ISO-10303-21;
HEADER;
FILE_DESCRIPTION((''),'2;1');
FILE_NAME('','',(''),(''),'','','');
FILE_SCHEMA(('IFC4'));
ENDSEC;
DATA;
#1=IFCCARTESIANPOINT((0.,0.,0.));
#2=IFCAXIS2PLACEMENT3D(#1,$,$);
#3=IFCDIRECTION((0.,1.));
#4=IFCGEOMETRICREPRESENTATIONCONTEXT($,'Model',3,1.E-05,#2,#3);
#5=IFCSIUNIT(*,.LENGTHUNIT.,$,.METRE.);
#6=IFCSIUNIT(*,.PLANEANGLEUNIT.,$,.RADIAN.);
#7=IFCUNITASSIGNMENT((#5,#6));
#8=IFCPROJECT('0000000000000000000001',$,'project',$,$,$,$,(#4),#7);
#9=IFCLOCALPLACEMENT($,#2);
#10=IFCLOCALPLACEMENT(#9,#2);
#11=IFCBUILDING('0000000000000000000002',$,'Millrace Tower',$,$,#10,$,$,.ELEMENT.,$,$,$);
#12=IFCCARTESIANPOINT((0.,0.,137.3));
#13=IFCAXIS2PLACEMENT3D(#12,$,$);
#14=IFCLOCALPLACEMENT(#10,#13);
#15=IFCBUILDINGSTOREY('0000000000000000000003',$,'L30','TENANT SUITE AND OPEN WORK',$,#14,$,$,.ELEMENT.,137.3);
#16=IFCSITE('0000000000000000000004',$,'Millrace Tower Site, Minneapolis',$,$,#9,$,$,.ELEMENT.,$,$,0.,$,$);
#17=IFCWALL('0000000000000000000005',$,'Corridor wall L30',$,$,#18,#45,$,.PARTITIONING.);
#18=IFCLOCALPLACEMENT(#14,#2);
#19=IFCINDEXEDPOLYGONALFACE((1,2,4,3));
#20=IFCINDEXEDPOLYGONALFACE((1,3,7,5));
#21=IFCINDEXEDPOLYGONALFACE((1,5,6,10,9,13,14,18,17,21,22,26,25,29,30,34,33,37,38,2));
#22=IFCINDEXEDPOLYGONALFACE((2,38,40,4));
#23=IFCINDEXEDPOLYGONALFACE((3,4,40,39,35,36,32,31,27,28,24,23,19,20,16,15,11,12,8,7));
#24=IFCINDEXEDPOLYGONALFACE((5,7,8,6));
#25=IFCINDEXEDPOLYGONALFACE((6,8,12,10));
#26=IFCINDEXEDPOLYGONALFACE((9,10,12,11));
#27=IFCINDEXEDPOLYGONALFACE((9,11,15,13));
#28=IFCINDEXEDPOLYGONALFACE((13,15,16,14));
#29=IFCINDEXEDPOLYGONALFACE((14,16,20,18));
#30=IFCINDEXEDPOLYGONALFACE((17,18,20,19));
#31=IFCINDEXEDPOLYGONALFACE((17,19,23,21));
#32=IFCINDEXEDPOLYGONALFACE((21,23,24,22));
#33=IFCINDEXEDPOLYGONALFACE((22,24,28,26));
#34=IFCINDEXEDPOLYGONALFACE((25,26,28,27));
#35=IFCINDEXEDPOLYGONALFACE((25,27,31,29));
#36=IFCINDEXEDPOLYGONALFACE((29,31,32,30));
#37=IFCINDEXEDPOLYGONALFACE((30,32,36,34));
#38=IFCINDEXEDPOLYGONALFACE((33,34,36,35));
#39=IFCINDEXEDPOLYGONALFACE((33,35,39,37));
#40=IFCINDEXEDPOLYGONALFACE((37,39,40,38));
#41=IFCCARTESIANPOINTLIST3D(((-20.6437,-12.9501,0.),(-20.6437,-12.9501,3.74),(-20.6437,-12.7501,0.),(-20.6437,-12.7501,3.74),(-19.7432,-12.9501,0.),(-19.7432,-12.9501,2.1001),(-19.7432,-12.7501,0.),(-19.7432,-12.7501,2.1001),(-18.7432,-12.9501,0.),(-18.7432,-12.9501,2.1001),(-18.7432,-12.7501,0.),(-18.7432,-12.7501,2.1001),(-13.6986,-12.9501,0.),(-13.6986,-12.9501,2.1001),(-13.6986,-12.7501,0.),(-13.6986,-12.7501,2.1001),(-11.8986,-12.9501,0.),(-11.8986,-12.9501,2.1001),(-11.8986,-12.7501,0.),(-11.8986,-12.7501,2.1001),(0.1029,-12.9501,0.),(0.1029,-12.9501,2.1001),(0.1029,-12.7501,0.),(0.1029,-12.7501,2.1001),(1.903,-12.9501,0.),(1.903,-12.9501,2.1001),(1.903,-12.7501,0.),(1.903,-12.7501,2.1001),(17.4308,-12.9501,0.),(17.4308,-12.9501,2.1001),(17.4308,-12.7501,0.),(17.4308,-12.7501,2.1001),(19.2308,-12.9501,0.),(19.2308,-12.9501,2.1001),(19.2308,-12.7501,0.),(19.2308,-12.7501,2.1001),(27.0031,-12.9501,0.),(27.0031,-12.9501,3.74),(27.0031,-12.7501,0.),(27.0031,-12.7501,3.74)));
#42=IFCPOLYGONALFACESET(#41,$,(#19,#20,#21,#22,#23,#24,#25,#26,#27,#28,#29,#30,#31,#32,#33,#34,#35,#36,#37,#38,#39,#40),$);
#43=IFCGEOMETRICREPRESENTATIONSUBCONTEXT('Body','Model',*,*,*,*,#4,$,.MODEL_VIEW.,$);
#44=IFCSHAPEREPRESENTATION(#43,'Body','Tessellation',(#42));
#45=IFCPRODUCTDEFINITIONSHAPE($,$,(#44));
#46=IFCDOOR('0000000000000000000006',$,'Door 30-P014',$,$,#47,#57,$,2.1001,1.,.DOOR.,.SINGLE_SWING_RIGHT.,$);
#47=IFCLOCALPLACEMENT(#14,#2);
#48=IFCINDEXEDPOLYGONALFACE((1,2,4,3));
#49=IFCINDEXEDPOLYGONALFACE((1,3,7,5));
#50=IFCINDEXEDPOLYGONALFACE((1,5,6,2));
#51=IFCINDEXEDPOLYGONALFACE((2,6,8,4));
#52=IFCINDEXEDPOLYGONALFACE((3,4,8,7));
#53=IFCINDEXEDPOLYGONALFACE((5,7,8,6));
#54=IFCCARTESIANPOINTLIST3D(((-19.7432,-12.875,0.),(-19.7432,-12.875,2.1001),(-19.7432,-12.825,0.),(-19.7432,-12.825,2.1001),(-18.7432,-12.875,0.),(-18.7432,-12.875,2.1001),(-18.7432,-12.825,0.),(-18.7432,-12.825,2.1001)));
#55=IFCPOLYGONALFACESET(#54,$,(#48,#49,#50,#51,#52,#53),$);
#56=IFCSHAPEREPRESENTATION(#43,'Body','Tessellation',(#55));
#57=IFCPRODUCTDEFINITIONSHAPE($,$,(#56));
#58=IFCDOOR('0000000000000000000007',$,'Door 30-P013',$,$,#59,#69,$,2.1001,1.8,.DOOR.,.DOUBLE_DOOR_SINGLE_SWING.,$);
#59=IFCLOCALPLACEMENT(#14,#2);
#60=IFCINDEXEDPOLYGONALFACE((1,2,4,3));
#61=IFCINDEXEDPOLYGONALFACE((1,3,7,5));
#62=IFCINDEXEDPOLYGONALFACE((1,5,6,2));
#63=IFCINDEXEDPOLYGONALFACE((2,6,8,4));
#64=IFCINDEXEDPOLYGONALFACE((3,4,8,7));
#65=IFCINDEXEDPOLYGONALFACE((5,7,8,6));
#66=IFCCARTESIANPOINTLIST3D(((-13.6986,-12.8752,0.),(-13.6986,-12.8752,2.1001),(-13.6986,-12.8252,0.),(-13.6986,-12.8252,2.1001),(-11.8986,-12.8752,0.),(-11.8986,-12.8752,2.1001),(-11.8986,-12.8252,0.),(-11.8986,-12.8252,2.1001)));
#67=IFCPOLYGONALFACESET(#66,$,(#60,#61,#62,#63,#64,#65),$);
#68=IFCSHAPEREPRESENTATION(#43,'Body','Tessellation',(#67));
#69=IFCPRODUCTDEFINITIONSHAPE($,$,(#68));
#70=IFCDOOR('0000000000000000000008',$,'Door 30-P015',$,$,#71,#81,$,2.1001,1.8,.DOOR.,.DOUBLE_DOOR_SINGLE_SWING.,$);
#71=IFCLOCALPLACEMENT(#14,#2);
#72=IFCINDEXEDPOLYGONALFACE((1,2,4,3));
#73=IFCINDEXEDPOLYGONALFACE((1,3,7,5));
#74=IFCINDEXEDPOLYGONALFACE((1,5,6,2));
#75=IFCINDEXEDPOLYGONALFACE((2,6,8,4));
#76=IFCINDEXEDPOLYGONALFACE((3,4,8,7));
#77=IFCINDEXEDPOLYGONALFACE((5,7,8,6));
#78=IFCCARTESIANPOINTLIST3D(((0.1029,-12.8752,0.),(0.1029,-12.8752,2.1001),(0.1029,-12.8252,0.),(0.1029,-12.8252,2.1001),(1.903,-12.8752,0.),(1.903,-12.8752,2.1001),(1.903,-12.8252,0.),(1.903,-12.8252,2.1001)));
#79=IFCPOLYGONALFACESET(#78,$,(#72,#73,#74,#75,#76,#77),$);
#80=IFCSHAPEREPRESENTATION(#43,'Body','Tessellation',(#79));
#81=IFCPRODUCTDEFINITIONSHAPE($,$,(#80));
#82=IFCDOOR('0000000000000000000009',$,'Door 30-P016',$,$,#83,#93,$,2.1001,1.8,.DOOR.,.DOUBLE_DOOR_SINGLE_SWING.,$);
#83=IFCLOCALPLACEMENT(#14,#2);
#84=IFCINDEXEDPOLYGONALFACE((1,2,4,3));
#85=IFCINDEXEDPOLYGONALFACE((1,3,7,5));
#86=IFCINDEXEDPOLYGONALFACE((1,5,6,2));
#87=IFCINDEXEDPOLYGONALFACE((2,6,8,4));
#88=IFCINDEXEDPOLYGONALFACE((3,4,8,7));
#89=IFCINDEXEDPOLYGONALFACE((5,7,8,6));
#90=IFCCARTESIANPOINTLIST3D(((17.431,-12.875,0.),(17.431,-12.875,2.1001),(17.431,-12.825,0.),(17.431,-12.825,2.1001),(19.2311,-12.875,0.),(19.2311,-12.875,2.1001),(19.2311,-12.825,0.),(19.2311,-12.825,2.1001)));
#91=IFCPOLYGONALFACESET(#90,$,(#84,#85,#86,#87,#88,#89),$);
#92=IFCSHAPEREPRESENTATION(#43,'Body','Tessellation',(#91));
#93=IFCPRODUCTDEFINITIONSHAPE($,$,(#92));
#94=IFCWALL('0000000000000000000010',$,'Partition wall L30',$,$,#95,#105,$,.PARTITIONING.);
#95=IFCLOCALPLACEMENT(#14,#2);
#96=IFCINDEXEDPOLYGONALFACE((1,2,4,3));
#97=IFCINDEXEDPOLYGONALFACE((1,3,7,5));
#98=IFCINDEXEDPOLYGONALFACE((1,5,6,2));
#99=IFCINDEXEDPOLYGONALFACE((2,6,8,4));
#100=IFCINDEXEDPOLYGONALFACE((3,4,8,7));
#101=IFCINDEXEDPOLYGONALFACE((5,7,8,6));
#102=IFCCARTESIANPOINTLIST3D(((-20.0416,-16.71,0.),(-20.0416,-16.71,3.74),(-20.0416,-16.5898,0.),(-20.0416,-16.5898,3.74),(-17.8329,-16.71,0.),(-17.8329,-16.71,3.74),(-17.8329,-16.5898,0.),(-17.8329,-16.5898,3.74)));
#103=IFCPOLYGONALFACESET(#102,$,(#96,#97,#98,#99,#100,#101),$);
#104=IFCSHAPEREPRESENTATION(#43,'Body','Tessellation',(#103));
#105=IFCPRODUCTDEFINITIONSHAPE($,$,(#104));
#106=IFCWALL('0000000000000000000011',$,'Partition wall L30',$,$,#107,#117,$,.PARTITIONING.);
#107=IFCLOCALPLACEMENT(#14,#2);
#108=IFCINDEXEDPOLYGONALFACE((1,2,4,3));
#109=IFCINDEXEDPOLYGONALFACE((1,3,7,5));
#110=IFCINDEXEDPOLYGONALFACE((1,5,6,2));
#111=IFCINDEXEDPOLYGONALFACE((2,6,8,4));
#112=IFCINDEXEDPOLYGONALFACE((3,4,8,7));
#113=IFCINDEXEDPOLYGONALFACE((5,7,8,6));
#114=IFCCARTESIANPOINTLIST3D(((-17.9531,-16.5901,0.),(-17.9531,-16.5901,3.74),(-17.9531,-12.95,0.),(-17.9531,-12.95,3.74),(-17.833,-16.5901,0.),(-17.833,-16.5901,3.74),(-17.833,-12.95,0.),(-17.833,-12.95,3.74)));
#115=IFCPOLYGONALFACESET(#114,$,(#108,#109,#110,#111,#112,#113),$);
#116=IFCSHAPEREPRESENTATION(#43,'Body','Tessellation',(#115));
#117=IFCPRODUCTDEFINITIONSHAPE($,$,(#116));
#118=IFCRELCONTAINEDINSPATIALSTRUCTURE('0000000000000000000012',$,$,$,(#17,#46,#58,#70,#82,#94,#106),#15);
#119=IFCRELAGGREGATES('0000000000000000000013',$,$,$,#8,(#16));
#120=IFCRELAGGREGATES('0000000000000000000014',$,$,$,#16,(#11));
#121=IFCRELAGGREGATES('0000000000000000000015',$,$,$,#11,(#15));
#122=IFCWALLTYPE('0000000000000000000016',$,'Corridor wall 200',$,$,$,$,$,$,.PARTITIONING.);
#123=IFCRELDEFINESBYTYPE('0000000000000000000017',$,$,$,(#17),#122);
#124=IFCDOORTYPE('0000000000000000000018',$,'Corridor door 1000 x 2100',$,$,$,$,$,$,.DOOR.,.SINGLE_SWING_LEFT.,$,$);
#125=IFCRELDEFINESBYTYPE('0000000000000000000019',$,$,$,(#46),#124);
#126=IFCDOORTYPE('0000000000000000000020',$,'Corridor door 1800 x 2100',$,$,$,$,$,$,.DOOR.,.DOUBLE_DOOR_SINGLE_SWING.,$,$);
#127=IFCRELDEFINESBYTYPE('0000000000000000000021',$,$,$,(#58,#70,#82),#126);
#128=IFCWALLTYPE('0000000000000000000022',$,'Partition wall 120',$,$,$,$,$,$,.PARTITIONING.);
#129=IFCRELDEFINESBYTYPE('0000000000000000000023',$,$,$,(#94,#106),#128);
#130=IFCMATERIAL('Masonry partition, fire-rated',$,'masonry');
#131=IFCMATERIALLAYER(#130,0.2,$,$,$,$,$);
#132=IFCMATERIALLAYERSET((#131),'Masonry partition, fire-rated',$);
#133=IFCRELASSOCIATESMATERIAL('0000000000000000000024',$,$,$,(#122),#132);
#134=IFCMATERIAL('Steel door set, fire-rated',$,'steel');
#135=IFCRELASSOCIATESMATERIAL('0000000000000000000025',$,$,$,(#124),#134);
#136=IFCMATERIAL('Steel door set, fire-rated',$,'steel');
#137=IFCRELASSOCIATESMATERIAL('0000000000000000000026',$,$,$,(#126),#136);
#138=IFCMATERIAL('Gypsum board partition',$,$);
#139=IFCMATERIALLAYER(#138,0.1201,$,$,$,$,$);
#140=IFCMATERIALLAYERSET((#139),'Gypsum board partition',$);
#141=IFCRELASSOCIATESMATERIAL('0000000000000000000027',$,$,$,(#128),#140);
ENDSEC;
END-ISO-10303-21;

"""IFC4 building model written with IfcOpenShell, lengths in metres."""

from ifc_helpers import new_model, si_unit, direction, frame, frame_2d, origin, place, context, subcontext, project, spatial, rectangle, extrude, material, layer, layer_set, type_object, element, fill, save


model = new_model("IFC4")

# Units and contexts
model_context = context("Model", 3, precision=1e-05, world=origin(), true_north=direction((0.0, 1.0)))
body_context = subcontext(model_context, "Body", "Model", "MODEL_VIEW")
ifc_project = project(units=[si_unit("LENGTHUNIT", "METRE"), si_unit("PLANEANGLEUNIT", "RADIAN")], contexts=[model_context])

# Site, building, storey
site_placement = place(None, origin())
site = spatial("IfcSite", under=ifc_project, at=site_placement, Name="Millrace Tower Site, Minneapolis", CompositionType="ELEMENT", RefElevation=0.0)
building_placement = place(site_placement, origin())
building = spatial("IfcBuilding", under=site, at=building_placement, Name="Millrace Tower", CompositionType="ELEMENT")
storey_placement = place(building_placement, frame((0.0, 0.0, 137.3)))
storey = spatial("IfcBuildingStorey", under=building, at=storey_placement, Name="L30", Description="TENANT SUITE AND OPEN WORK", CompositionType="ELEMENT", Elevation=137.3)

# Wall, openings, doors
ifc_material_1 = material(Name="Masonry partition, fire-rated", Category="masonry")
ifc_layer_1 = layer(ifc_material_1, 0.2)
ifc_layer_set_1 = layer_set([ifc_layer_1], Name="Masonry partition, fire-rated")
wall_type_1 = type_object("IfcWallType", Name="Corridor wall 200", PredefinedType="PARTITIONING", material=ifc_layer_set_1)
wall_1_placement = place(storey_placement, frame((-20.6436, -12.8501, 0.0), z_axis=(0.0, 0.0, 1.0), x_axis=(1.0, 0.0, 0.0)))
wall_1 = element("IfcWall", 1, at=wall_1_placement, inside=storey, type_object=wall_type_1, Name="Corridor wall L30", PredefinedType="PARTITIONING", context=body_context, shape_type="SweptSolid", body=[
    extrude(rectangle(XDim=47.6467, YDim=0.2, at=frame_2d((23.8232, 0.0))), origin(), (0.0, 0.0, 1.0), 3.74),
])
opening_1_placement = place(wall_1_placement, frame((6.9451, 0.0, 0.0)))
opening_1 = element("IfcOpeningElement", 2, at=opening_1_placement, cuts=wall_1, PredefinedType="OPENING", context=body_context, shape_type="SweptSolid", body=[
    extrude(rectangle(XDim=1.8, YDim=2.1001, at=frame_2d((0.8999, 1.05))), frame((0.0, 0.1099, 0.0), z_axis=(0.0, -1.0, 0.0), x_axis=(1.0, 0.0, 0.0)), (0.0, 0.0, 1.0), 0.22),
])
opening_2_placement = place(wall_1_placement, frame((0.9004, 0.0, 0.0)))
opening_2 = element("IfcOpeningElement", 3, at=opening_2_placement, cuts=wall_1, PredefinedType="OPENING", context=body_context, shape_type="SweptSolid", body=[
    extrude(rectangle(XDim=1.0, YDim=2.1001, at=frame_2d((0.5, 1.05))), frame((0.0, 0.1099, 0.0), z_axis=(0.0, -1.0, 0.0), x_axis=(1.0, 0.0, 0.0)), (0.0, 0.0, 1.0), 0.22),
])
opening_3_placement = place(wall_1_placement, frame((20.7466, 0.0, 0.0)))
opening_3 = element("IfcOpeningElement", 4, at=opening_3_placement, cuts=wall_1, PredefinedType="OPENING", context=body_context, shape_type="SweptSolid", body=[
    extrude(rectangle(XDim=1.8, YDim=2.1001, at=frame_2d((0.8999, 1.05))), frame((0.0, 0.1099, 0.0), z_axis=(0.0, -1.0, 0.0), x_axis=(1.0, 0.0, 0.0)), (0.0, 0.0, 1.0), 0.22),
])
opening_4_placement = place(wall_1_placement, frame((38.0745, 0.0, 0.0)))
opening_4 = element("IfcOpeningElement", 5, at=opening_4_placement, cuts=wall_1, PredefinedType="OPENING", context=body_context, shape_type="SweptSolid", body=[
    extrude(rectangle(XDim=1.8, YDim=2.1001, at=frame_2d((0.8999, 1.05))), frame((0.0, 0.1099, 0.0), z_axis=(0.0, -1.0, 0.0), x_axis=(1.0, 0.0, 0.0)), (0.0, 0.0, 1.0), 0.22),
])
ifc_material_2 = material(Name="Steel door set, fire-rated", Category="steel")
door_type_1 = type_object("IfcDoorType", Name="Corridor door 1000 x 2100", OperationType="SINGLE_SWING_LEFT", PredefinedType="DOOR", material=ifc_material_2)
door_1_placement = place(opening_2_placement, frame((1.0, 0.0, 0.0), z_axis=(0.0, 0.0, 1.0), x_axis=(-1.0, 0.0, 0.0)))
door_1 = element("IfcDoor", 6, at=door_1_placement, inside=storey, type_object=door_type_1, Name="Door 30-P014", OperationType="SINGLE_SWING_RIGHT", OverallHeight=2.1001, OverallWidth=1.0, PredefinedType="DOOR", context=body_context, shape_type="SweptSolid", body=[
    extrude(rectangle(XDim=1.0, YDim=2.1001, at=frame_2d((0.5, 1.05))), frame((0.0, 0.0249, 0.0), z_axis=(0.0, -1.0, 0.0), x_axis=(1.0, 0.0, 0.0)), (0.0, 0.0, 1.0), 0.05),
])
fill(opening_2, door_1)
ifc_material_3 = material(Name="Steel door set, fire-rated", Category="steel")
door_type_2 = type_object("IfcDoorType", Name="Corridor door 1800 x 2100", OperationType="DOUBLE_DOOR_SINGLE_SWING", PredefinedType="DOOR", material=ifc_material_3)
door_2_placement = place(opening_1_placement, origin())
door_2 = element("IfcDoor", 7, at=door_2_placement, inside=storey, type_object=door_type_2, Name="Door 30-P013", OperationType="DOUBLE_DOOR_SINGLE_SWING", OverallHeight=2.1001, OverallWidth=1.8, PredefinedType="DOOR", context=body_context, shape_type="SweptSolid", body=[
    extrude(rectangle(XDim=1.8, YDim=2.1001, at=frame_2d((0.8999, 1.05))), frame((0.0, 0.0249, 0.0), z_axis=(0.0, -1.0, 0.0), x_axis=(1.0, 0.0, 0.0)), (0.0, 0.0, 1.0), 0.05),
])
fill(opening_1, door_2)
door_3_placement = place(opening_3_placement, origin())
door_3 = element("IfcDoor", 8, at=door_3_placement, inside=storey, type_object=door_type_2, Name="Door 30-P015", OperationType="DOUBLE_DOOR_SINGLE_SWING", OverallHeight=2.1001, OverallWidth=1.8, PredefinedType="DOOR", context=body_context, shape_type="SweptSolid", body=[
    extrude(rectangle(XDim=1.8, YDim=2.1001, at=frame_2d((0.8999, 1.05))), frame((0.0, 0.0249, 0.0), z_axis=(0.0, -1.0, 0.0), x_axis=(1.0, 0.0, 0.0)), (0.0, 0.0, 1.0), 0.05),
])
fill(opening_3, door_3)
door_4_placement = place(opening_4_placement, frame((1.8, 0.0, 0.0), z_axis=(0.0, 0.0, 1.0), x_axis=(-1.0, 0.0, 0.0)))
door_4 = element("IfcDoor", 9, at=door_4_placement, inside=storey, type_object=door_type_2, Name="Door 30-P016", OperationType="DOUBLE_DOOR_SINGLE_SWING", OverallHeight=2.1001, OverallWidth=1.8, PredefinedType="DOOR", context=body_context, shape_type="SweptSolid", body=[
    extrude(rectangle(XDim=1.8, YDim=2.1001, at=frame_2d((0.8999, 1.05))), frame((0.0, 0.0249, 0.0), z_axis=(0.0, -1.0, 0.0), x_axis=(1.0, 0.0, 0.0)), (0.0, 0.0, 1.0), 0.05),
])
fill(opening_4, door_4)

# Walls
ifc_material_4 = material(Name="Gypsum board partition")
ifc_layer_2 = layer(ifc_material_4, 0.1201)
ifc_layer_set_2 = layer_set([ifc_layer_2], Name="Gypsum board partition")
wall_type_2 = type_object("IfcWallType", Name="Partition wall 120", PredefinedType="PARTITIONING", material=ifc_layer_set_2)
wall_2_placement = place(storey_placement, frame((-20.0417, -16.6499, 0.0), z_axis=(0.0, 0.0, 1.0), x_axis=(1.0, 0.0, 0.0)))
element("IfcWall", 10, at=wall_2_placement, inside=storey, type_object=wall_type_2, Name="Partition wall L30", PredefinedType="PARTITIONING", context=body_context, shape_type="SweptSolid", body=[
    extrude(rectangle(XDim=2.2087, YDim=0.1201, at=frame_2d((1.1045, 0.0))), origin(), (0.0, 0.0, 1.0), 3.74),
])
wall_3_placement = place(storey_placement, frame((-17.8931, -16.5901, 0.0), z_axis=(0.0, 0.0, 1.0), x_axis=(0.0, 1.0, 0.0)))
element("IfcWall", 11, at=wall_3_placement, inside=storey, type_object=wall_type_2, Name="Partition wall L30", PredefinedType="PARTITIONING", context=body_context, shape_type="SweptSolid", body=[
    extrude(rectangle(XDim=3.6401, YDim=0.1201, at=frame_2d((1.8201, 0.0))), origin(), (0.0, 0.0, 1.0), 3.74),
])

save(model, "model.ifc")
